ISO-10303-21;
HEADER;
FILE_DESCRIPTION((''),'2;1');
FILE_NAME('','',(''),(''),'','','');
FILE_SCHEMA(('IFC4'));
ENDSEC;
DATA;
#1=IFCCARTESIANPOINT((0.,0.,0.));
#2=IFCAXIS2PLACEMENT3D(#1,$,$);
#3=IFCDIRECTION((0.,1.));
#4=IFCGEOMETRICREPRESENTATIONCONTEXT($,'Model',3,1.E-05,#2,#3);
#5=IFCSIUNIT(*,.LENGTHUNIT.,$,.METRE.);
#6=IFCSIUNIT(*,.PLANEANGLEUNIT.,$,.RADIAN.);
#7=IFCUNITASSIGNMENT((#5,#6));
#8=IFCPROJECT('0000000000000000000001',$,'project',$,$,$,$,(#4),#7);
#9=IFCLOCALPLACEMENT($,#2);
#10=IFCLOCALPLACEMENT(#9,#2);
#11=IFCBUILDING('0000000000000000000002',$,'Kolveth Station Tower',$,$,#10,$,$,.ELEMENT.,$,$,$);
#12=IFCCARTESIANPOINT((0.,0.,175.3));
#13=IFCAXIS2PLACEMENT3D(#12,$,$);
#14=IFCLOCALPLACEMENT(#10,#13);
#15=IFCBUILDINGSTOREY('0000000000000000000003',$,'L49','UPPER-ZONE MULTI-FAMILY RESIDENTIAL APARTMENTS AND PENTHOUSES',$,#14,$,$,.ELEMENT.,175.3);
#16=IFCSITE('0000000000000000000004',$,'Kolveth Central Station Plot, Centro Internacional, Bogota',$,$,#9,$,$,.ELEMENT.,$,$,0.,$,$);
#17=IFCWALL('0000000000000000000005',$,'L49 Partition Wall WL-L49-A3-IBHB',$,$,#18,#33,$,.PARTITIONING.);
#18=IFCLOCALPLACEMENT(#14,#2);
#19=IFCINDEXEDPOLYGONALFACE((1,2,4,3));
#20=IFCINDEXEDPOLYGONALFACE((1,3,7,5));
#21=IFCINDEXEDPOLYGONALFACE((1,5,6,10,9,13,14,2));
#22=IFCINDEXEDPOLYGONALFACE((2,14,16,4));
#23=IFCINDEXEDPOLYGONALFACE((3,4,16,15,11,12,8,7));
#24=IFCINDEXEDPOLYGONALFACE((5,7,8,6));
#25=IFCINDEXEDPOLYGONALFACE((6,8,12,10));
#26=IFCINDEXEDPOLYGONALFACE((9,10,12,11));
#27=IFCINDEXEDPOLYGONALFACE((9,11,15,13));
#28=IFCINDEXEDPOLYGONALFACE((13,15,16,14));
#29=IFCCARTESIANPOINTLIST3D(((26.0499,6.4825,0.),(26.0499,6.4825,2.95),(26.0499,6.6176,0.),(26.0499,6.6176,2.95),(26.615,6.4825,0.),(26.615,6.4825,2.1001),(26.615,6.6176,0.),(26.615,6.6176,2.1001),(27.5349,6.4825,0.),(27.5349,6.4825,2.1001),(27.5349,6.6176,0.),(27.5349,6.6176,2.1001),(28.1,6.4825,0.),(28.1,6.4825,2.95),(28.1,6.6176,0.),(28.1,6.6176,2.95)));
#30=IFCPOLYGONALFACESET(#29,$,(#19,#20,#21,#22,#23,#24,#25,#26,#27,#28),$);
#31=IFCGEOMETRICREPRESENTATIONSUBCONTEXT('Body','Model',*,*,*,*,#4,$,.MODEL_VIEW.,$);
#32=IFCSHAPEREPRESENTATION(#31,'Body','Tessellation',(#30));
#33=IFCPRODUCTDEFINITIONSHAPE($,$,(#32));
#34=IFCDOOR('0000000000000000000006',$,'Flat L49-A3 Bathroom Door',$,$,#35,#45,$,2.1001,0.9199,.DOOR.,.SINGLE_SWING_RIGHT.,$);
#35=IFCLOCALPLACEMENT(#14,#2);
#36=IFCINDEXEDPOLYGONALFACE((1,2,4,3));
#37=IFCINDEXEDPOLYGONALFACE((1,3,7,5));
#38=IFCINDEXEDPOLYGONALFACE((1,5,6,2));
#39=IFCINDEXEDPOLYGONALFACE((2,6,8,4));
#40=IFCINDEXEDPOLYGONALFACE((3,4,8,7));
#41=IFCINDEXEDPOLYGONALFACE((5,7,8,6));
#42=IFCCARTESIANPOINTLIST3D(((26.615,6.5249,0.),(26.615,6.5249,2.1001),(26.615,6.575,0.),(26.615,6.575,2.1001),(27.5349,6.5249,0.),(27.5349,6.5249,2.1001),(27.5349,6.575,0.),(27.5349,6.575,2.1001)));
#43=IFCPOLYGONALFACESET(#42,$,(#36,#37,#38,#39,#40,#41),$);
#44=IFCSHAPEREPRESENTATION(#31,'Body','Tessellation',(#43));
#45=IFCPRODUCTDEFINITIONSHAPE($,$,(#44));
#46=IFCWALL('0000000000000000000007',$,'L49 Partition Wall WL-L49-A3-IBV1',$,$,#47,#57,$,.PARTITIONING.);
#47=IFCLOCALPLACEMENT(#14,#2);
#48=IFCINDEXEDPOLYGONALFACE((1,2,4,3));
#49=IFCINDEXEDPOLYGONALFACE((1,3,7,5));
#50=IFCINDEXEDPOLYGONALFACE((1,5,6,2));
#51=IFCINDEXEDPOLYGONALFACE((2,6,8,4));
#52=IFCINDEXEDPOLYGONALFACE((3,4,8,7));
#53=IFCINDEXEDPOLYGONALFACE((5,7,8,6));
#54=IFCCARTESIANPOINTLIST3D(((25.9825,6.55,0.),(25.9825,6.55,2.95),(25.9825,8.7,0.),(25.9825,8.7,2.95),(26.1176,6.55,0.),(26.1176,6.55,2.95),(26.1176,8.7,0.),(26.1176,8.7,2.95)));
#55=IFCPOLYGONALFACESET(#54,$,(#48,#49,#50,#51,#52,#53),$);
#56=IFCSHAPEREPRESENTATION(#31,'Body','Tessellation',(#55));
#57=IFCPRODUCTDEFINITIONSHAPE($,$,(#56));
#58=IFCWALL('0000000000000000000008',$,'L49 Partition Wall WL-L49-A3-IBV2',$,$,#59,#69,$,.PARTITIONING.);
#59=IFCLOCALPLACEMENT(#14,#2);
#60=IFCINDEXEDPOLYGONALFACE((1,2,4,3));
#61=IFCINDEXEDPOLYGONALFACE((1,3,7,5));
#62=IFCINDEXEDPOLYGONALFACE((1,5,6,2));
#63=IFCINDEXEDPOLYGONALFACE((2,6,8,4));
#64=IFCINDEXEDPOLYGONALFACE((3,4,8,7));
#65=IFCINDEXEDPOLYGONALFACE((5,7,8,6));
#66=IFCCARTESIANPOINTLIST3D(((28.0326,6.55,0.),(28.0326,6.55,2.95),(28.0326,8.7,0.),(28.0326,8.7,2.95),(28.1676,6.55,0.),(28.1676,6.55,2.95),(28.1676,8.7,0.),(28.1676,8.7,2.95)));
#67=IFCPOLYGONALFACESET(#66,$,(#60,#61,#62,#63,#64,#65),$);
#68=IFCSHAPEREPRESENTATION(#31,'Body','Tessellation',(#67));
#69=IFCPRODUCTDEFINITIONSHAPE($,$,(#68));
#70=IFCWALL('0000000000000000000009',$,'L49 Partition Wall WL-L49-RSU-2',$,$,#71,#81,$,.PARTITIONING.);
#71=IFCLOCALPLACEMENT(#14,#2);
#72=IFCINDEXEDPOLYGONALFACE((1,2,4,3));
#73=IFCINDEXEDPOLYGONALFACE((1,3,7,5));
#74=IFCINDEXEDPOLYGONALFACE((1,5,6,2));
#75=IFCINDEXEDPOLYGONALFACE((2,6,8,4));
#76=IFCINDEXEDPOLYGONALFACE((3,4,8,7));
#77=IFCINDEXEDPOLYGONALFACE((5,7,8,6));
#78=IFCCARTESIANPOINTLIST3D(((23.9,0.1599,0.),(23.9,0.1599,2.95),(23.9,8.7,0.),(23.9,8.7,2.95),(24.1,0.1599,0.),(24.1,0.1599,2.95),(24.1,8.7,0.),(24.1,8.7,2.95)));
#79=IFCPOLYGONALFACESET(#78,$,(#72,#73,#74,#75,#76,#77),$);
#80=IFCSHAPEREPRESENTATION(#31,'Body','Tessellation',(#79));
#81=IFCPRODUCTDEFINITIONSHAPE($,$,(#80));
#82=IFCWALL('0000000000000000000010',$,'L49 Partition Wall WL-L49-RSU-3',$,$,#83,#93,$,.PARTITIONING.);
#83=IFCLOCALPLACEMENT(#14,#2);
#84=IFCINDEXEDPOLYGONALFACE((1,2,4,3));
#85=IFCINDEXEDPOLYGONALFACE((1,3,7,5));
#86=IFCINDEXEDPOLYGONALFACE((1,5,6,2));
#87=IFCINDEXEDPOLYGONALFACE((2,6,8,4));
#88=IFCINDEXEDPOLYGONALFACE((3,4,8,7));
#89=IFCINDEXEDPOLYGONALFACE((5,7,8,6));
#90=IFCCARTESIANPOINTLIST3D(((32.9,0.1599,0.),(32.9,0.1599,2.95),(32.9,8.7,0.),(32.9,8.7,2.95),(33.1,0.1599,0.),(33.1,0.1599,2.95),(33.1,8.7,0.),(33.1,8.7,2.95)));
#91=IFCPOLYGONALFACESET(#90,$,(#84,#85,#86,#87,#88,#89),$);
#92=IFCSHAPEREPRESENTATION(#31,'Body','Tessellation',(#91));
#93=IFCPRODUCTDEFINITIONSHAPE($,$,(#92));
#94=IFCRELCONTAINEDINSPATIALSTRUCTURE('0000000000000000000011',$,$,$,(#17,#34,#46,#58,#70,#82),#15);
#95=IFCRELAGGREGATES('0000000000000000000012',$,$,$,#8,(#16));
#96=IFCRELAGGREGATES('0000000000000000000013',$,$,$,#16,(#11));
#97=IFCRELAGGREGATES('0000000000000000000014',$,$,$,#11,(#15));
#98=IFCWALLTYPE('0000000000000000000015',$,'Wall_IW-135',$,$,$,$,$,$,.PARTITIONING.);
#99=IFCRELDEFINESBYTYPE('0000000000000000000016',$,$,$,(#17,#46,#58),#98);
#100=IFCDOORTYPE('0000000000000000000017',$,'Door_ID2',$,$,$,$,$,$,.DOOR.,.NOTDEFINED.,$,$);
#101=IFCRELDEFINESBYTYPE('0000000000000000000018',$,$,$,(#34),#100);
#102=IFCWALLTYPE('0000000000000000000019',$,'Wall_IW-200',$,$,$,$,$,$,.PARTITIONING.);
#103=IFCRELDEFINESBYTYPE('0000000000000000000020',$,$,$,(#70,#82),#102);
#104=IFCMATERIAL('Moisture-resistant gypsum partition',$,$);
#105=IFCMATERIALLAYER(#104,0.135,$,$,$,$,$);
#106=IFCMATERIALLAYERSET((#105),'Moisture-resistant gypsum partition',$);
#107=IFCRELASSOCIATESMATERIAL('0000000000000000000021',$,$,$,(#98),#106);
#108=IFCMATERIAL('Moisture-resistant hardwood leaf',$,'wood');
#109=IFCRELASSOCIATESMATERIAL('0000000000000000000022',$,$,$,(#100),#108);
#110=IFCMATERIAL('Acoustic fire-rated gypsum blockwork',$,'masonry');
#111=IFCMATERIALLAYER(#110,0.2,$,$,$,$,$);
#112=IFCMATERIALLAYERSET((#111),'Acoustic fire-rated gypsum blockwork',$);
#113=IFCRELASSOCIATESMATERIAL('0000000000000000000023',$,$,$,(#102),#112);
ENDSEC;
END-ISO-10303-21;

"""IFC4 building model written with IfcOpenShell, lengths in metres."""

from ifc_helpers import new_model, si_unit, direction, frame, frame_2d, origin, place, context, subcontext, project, spatial, rectangle, extrude, material, layer, layer_set, type_object, element, fill, save


model = new_model("IFC4")

# Units and contexts
model_context = context("Model", 3, precision=1e-05, world=origin(), true_north=direction((0.0, 1.0)))
body_context = subcontext(model_context, "Body", "Model", "MODEL_VIEW")
ifc_project = project(units=[si_unit("LENGTHUNIT", "METRE"), si_unit("PLANEANGLEUNIT", "RADIAN")], contexts=[model_context])

# Site, building, storey
site_placement = place(None, origin())
site = spatial("IfcSite", under=ifc_project, at=site_placement, Name="Kolveth Central Station Plot, Centro Internacional, Bogota", CompositionType="ELEMENT", RefElevation=0.0)
building_placement = place(site_placement, origin())
building = spatial("IfcBuilding", under=site, at=building_placement, Name="Kolveth Station Tower", CompositionType="ELEMENT")
storey_placement = place(building_placement, frame((0.0, 0.0, 175.3)))
storey = spatial("IfcBuildingStorey", under=building, at=storey_placement, Name="L49", Description="UPPER-ZONE MULTI-FAMILY RESIDENTIAL APARTMENTS AND PENTHOUSES", CompositionType="ELEMENT", Elevation=175.3)

# Shared definitions
ifc_material_1 = material(Name="Moisture-resistant gypsum partition")
ifc_layer_1 = layer(ifc_material_1, 0.135)
ifc_layer_set_1 = layer_set([ifc_layer_1], Name="Moisture-resistant gypsum partition")
wall_type_1 = type_object("IfcWallType", Name="Wall_IW-135", PredefinedType="PARTITIONING", material=ifc_layer_set_1)
ifc_material_2 = material(Name="Moisture-resistant hardwood leaf", Category="wood")
door_type_1 = type_object("IfcDoorType", Name="Door_ID2", OperationType="NOTDEFINED", PredefinedType="DOOR", material=ifc_material_2)

# Wall, opening, door
wall_1_placement = place(storey_placement, frame((26.05, 6.55, 0.0), z_axis=(0.0, 0.0, 1.0), x_axis=(1.0, 0.0, 0.0)))
wall_1 = element("IfcWall", 1, at=wall_1_placement, inside=storey, type_object=wall_type_1, Name="L49 Partition Wall WL-L49-A3-IBHB", PredefinedType="PARTITIONING", context=body_context, shape_type="SweptSolid", body=[
    extrude(rectangle(XDim=2.05, YDim=0.135, at=frame_2d((1.0249, 0.0))), origin(), (0.0, 0.0, 1.0), 2.95),
])
opening_1_placement = place(wall_1_placement, frame((0.5649, 0.0, 0.0)))
opening_1 = element("IfcOpeningElement", 2, at=opening_1_placement, cuts=wall_1, PredefinedType="OPENING", context=body_context, shape_type="SweptSolid", body=[
    extrude(rectangle(XDim=0.9199, YDim=2.1001, at=frame_2d((0.46, 1.05))), frame((0.0, 0.0774, 0.0), z_axis=(0.0, -1.0, 0.0), x_axis=(1.0, 0.0, 0.0)), (0.0, 0.0, 1.0), 0.155),
])
door_1_placement = place(opening_1_placement, origin())
door_1 = element("IfcDoor", 3, at=door_1_placement, inside=storey, type_object=door_type_1, Name="Flat L49-A3 Bathroom Door", OperationType="SINGLE_SWING_RIGHT", OverallHeight=2.1001, OverallWidth=0.9199, PredefinedType="DOOR", context=body_context, shape_type="SweptSolid", body=[
    extrude(rectangle(XDim=0.9199, YDim=2.1001, at=frame_2d((0.46, 1.05))), frame((0.0, 0.0249, 0.0), z_axis=(0.0, -1.0, 0.0), x_axis=(1.0, 0.0, 0.0)), (0.0, 0.0, 1.0), 0.05),
])
fill(opening_1, door_1)

# Walls
for number, where, z_axis, x_axis, name in (
    (4, (26.05, 6.55, 0.0), (0.0, 0.0, 1.0), (0.0, 1.0, 0.0), "L49 Partition Wall WL-L49-A3-IBV1"),
    (5, (28.1001, 6.55, 0.0), (0.0, 0.0, 1.0), (0.0, 1.0, 0.0), "L49 Partition Wall WL-L49-A3-IBV2"),
):
    element("IfcWall", number, at=place(storey_placement, frame(where, z_axis=z_axis, x_axis=x_axis)), inside=storey, type_object=wall_type_1, Name=name, PredefinedType="PARTITIONING", context=body_context, shape_type="SweptSolid", body=[
        extrude(rectangle(XDim=2.1499, YDim=0.135, at=frame_2d((1.075, 0.0))), origin(), (0.0, 0.0, 1.0), 2.95),
    ])

# Walls
ifc_material_3 = material(Name="Acoustic fire-rated gypsum blockwork", Category="masonry")
ifc_layer_2 = layer(ifc_material_3, 0.2)
ifc_layer_set_2 = layer_set([ifc_layer_2], Name="Acoustic fire-rated gypsum blockwork")
wall_type_2 = type_object("IfcWallType", Name="Wall_IW-200", PredefinedType="PARTITIONING", material=ifc_layer_set_2)
for number, where, z_axis, x_axis, name in (
    (6, (24.0, 0.1599, 0.0), (0.0, 0.0, 1.0), (0.0, 1.0, 0.0), "L49 Partition Wall WL-L49-RSU-2"),
    (7, (33.0, 0.1599, 0.0), (0.0, 0.0, 1.0), (0.0, 1.0, 0.0), "L49 Partition Wall WL-L49-RSU-3"),
):
    element("IfcWall", number, at=place(storey_placement, frame(where, z_axis=z_axis, x_axis=x_axis)), inside=storey, type_object=wall_type_2, Name=name, PredefinedType="PARTITIONING", context=body_context, shape_type="SweptSolid", body=[
        extrude(rectangle(XDim=8.54, YDim=0.2, at=frame_2d((4.27, 0.0))), origin(), (0.0, 0.0, 1.0), 2.95),
    ])

save(model, "model.ifc")
